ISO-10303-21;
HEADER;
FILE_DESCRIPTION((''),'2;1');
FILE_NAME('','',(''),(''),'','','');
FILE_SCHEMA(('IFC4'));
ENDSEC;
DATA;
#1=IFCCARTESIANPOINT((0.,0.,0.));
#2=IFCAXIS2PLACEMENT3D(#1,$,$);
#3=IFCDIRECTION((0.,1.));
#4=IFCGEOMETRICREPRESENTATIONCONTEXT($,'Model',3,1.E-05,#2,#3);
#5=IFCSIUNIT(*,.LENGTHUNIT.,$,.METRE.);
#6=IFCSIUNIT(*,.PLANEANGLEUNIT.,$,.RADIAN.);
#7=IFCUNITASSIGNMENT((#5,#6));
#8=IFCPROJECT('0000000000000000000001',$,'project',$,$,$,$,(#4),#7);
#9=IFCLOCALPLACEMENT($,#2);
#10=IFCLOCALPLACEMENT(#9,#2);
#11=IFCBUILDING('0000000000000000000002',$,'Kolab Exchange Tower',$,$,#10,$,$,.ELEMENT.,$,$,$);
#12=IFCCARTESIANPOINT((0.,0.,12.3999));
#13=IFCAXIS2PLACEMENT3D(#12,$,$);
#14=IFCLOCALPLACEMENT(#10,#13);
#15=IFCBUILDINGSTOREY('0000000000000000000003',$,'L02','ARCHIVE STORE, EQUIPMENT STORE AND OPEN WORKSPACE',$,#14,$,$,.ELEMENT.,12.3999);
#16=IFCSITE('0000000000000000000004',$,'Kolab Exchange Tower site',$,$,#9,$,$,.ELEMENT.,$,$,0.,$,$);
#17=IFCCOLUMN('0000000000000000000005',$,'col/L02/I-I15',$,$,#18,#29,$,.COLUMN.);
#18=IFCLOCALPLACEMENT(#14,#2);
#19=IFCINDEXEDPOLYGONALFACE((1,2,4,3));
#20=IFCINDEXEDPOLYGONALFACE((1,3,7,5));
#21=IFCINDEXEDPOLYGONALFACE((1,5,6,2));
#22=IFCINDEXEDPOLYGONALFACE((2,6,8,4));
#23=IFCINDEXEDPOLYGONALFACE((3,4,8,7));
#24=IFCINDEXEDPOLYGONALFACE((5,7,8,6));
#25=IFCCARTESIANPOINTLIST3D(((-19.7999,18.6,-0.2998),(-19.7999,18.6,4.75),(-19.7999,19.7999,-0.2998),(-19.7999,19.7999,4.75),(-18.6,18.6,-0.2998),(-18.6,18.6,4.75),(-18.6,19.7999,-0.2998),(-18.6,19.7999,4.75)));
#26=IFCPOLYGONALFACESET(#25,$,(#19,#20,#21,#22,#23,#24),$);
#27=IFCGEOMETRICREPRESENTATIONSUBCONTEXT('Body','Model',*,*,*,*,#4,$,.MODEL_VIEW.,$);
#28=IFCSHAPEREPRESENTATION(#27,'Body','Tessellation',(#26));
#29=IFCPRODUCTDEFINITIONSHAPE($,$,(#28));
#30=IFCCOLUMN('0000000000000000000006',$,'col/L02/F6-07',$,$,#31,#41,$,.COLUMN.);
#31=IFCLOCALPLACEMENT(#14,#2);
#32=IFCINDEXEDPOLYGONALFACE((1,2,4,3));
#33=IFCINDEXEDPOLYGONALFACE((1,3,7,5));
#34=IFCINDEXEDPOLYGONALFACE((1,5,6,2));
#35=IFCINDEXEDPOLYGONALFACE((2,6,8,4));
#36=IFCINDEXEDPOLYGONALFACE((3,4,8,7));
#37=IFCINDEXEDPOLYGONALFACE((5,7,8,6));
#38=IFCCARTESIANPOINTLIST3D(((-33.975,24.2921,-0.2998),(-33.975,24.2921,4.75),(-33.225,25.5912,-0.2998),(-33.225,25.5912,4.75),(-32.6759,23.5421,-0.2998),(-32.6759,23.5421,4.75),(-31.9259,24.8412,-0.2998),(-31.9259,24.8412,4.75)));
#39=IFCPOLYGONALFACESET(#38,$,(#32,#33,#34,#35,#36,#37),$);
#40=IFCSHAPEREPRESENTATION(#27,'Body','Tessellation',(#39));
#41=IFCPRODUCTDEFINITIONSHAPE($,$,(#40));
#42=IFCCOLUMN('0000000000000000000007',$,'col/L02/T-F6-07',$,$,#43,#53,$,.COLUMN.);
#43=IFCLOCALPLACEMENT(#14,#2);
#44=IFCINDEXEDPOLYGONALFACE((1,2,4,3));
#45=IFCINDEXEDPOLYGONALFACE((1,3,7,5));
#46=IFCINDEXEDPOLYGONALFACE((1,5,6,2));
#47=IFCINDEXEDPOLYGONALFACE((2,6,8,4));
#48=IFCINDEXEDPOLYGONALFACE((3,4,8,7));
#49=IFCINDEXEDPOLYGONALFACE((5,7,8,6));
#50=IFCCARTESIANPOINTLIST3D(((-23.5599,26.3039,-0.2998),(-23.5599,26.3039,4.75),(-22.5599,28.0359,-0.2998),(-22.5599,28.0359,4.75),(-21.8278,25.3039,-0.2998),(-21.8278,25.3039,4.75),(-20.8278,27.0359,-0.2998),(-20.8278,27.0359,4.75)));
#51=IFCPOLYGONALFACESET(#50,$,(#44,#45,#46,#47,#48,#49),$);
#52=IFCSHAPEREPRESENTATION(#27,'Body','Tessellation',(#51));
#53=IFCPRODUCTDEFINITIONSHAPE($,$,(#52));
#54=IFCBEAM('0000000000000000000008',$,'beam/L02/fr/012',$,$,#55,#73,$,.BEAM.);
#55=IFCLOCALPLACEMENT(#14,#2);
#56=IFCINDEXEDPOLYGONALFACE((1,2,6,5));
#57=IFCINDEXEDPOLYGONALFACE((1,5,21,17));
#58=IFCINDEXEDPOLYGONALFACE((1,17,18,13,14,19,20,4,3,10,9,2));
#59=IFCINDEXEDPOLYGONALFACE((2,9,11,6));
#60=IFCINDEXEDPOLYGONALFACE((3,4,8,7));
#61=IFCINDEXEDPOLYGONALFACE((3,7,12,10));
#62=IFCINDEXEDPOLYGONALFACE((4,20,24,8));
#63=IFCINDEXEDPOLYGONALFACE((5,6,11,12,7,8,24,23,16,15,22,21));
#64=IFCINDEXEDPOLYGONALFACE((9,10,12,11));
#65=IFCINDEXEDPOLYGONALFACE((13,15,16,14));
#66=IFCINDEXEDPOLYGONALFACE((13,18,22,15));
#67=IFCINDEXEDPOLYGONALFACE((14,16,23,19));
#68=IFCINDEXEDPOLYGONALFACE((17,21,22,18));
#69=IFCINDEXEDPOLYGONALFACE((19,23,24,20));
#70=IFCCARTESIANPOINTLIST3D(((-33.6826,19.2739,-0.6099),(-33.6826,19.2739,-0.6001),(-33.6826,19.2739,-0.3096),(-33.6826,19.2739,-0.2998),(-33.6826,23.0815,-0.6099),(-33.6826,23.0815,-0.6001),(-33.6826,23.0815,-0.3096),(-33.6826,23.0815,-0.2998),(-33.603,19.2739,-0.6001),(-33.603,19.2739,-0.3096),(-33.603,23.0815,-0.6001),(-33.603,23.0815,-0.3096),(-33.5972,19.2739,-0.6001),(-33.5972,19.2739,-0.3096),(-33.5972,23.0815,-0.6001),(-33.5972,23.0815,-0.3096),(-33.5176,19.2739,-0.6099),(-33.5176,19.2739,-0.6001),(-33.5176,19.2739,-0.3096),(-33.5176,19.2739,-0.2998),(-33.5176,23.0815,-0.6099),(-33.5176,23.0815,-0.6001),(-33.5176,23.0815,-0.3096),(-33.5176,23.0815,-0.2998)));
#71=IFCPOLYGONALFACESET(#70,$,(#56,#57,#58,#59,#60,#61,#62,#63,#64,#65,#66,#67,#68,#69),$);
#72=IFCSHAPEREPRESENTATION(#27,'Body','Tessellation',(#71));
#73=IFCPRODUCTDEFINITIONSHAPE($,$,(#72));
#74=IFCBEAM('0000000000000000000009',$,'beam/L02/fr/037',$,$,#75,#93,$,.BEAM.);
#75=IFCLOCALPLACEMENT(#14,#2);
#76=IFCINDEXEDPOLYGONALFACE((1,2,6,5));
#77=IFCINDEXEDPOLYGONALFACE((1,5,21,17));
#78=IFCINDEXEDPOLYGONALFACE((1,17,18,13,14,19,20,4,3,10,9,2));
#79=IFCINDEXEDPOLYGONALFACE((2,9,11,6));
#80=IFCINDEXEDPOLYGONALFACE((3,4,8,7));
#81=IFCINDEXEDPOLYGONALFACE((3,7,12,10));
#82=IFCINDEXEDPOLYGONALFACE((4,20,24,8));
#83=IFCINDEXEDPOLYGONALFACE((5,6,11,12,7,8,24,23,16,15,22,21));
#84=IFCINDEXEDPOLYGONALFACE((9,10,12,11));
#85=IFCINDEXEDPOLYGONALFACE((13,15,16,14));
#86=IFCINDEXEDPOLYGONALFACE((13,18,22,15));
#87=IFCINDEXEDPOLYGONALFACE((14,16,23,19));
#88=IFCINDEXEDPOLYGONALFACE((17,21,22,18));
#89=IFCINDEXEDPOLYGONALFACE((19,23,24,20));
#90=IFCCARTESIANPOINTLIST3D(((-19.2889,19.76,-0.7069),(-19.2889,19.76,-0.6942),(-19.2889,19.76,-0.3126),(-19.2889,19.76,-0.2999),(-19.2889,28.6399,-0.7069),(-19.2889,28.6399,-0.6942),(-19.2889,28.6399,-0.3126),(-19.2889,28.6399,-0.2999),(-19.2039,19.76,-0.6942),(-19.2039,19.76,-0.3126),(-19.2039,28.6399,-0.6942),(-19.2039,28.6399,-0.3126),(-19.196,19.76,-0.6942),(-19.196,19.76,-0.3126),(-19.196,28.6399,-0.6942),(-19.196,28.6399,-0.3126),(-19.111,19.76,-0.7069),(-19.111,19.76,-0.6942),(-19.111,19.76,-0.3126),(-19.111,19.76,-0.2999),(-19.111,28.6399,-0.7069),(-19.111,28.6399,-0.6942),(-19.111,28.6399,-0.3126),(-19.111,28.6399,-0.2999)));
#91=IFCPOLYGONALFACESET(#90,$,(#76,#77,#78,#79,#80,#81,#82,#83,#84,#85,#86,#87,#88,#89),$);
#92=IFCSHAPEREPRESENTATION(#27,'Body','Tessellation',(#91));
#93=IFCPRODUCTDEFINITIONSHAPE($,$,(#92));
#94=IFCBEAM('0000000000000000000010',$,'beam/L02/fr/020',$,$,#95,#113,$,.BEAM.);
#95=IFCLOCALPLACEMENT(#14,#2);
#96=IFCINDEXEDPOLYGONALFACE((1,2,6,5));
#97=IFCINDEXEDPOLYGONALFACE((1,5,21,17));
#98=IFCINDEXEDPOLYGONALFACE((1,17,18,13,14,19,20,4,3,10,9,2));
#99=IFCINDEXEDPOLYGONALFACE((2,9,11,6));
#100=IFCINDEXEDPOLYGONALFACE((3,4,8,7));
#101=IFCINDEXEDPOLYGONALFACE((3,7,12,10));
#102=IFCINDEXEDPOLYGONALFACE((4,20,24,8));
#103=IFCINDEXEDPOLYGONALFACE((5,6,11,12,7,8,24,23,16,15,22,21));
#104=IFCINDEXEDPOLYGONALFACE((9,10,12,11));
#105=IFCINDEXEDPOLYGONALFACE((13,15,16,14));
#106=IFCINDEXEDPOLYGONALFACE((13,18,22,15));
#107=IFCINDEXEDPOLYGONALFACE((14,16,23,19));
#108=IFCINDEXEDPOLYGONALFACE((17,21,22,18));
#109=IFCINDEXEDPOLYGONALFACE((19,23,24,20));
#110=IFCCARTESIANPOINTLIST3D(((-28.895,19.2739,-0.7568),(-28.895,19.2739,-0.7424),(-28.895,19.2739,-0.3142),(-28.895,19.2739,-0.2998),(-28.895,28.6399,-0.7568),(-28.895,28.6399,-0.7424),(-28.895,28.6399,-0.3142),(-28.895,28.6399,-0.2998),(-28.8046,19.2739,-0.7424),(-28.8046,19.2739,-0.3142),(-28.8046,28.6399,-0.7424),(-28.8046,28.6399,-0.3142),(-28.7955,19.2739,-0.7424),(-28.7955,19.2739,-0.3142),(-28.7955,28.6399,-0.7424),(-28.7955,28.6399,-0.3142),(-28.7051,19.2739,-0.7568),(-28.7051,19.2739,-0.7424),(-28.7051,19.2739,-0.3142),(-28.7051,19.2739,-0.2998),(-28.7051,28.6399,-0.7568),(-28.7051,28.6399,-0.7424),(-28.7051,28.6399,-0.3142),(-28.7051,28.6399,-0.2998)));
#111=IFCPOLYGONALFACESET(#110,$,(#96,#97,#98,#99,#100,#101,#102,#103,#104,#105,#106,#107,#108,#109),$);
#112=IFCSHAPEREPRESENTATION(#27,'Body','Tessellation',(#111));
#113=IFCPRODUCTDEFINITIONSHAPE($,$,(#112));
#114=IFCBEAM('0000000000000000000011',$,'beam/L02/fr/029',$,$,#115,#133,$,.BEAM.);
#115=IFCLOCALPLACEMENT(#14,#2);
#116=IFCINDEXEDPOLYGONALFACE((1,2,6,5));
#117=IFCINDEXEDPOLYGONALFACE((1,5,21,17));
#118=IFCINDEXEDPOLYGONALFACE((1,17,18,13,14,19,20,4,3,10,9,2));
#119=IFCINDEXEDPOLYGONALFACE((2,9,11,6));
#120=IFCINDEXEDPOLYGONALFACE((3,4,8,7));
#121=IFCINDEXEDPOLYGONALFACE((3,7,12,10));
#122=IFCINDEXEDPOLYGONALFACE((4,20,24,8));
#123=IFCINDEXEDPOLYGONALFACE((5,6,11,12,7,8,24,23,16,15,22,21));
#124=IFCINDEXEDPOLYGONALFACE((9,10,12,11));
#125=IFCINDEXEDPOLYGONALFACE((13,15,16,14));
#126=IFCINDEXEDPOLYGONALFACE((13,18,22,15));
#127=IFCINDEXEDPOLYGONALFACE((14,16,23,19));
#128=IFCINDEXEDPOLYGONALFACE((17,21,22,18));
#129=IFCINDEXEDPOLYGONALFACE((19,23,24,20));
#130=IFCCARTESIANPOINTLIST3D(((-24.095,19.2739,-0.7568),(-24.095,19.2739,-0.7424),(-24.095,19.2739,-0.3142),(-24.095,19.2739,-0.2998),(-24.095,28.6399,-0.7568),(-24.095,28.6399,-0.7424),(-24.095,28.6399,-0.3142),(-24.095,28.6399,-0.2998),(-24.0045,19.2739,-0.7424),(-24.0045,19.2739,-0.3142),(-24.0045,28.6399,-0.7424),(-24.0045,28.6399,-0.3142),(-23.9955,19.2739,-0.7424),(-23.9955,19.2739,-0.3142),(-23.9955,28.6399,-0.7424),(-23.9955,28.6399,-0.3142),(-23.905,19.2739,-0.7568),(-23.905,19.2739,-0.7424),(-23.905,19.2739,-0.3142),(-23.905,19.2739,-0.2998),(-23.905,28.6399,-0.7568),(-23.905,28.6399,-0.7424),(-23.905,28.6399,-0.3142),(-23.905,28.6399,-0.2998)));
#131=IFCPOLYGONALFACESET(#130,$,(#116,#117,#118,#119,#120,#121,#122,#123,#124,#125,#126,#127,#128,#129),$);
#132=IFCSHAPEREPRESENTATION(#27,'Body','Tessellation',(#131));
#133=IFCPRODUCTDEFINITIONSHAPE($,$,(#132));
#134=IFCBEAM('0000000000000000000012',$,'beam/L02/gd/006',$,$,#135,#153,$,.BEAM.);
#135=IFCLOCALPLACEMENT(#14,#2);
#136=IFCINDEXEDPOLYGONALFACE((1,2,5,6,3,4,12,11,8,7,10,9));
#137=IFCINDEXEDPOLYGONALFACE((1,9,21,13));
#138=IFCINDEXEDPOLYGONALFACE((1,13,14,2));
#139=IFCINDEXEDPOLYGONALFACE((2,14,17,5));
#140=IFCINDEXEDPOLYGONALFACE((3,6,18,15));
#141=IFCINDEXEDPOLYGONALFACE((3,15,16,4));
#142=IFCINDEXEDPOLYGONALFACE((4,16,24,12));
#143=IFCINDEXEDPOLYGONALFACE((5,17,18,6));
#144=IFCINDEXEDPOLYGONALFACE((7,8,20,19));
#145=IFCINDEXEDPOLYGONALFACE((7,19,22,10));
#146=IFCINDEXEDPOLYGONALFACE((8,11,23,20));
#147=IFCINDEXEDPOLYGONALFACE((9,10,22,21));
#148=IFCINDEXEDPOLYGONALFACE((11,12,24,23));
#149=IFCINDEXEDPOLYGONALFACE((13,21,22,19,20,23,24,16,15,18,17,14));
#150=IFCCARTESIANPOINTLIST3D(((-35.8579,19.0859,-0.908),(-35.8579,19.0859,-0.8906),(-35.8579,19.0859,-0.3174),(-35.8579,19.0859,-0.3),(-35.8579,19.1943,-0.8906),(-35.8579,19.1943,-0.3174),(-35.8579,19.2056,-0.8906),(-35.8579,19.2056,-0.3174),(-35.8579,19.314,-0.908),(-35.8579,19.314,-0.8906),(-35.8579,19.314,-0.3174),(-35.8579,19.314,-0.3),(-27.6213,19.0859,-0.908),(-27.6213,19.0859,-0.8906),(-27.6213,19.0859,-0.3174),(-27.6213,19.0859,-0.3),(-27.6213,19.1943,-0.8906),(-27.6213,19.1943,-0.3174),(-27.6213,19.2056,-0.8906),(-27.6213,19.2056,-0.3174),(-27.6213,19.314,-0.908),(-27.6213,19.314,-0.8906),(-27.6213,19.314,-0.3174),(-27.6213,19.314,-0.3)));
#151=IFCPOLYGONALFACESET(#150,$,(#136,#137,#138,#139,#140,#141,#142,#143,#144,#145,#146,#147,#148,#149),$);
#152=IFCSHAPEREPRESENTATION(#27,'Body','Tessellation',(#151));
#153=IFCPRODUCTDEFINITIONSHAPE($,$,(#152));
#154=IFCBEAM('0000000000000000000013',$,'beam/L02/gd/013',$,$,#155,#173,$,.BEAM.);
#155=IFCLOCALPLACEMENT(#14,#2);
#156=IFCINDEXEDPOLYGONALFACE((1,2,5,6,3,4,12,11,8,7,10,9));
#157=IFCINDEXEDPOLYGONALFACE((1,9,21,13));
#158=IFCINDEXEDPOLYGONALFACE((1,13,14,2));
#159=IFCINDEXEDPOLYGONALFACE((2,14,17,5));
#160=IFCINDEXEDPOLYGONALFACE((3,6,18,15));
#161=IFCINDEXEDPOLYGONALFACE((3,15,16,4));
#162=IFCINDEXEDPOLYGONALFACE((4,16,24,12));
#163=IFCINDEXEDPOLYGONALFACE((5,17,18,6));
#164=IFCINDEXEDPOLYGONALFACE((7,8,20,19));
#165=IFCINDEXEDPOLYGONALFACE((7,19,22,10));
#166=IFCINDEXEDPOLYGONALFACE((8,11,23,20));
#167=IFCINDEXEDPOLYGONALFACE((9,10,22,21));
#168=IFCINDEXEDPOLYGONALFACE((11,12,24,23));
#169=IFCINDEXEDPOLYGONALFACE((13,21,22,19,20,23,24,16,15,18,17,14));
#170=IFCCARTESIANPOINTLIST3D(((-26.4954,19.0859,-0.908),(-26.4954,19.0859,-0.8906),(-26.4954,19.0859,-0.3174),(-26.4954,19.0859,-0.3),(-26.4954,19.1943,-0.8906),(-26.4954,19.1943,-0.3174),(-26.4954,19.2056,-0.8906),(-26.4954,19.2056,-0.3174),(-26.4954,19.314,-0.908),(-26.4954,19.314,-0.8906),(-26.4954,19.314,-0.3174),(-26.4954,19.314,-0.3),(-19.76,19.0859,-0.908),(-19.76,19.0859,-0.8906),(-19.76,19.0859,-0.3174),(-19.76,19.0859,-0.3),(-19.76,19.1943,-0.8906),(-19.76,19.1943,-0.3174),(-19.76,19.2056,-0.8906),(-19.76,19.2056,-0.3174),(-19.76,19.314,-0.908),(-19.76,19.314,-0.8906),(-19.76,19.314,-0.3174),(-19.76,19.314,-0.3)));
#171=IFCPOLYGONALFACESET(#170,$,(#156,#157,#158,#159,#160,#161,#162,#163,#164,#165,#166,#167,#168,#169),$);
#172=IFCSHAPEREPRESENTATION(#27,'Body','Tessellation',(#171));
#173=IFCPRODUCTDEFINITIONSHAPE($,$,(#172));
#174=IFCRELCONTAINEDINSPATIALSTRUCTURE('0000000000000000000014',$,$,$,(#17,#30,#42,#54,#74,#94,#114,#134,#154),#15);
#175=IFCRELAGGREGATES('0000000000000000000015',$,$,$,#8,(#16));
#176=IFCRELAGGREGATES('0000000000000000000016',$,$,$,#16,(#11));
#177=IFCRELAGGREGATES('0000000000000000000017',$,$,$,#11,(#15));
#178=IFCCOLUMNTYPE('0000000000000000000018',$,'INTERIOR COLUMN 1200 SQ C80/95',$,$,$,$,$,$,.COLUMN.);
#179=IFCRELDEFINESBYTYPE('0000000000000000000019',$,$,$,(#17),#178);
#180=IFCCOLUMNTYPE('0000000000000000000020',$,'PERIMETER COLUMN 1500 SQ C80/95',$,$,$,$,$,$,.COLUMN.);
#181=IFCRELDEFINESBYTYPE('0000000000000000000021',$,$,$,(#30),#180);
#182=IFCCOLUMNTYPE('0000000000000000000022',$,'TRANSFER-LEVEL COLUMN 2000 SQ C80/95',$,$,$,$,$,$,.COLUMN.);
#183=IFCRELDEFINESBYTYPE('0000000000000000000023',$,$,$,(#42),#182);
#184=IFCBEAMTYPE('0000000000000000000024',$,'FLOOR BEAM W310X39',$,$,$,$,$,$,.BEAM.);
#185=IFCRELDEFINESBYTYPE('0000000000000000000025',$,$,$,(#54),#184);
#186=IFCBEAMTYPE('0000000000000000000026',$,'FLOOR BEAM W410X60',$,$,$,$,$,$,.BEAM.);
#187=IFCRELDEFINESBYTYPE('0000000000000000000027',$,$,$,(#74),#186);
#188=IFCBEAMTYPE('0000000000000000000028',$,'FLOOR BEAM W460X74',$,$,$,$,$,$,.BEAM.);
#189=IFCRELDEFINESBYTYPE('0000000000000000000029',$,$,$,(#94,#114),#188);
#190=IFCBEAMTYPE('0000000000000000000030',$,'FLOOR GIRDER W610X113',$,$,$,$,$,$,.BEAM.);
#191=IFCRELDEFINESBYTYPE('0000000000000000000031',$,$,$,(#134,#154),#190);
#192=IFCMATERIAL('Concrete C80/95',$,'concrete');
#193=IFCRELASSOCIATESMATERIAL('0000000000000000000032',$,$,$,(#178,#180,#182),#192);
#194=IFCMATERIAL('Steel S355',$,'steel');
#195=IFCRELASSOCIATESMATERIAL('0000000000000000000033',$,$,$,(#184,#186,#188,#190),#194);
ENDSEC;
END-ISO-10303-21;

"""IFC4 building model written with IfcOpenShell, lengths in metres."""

from ifc_helpers import new_model, si_unit, direction, frame, origin, origin_2d, place, context, subcontext, project, spatial, rectangle, i_section, extrude, material, material_profile, profile_set, type_object, element, save


model = new_model("IFC4")

# Units and contexts
model_context = context("Model", 3, precision=1e-05, world=origin(), true_north=direction((0.0, 1.0)))
body_context = subcontext(model_context, "Body", "Model", "MODEL_VIEW")
ifc_project = project(units=[si_unit("LENGTHUNIT", "METRE"), si_unit("PLANEANGLEUNIT", "RADIAN")], contexts=[model_context])

# Site, building, storey
site_placement = place(None, origin())
site = spatial("IfcSite", under=ifc_project, at=site_placement, Name="Kolab Exchange Tower site", CompositionType="ELEMENT", RefElevation=0.0)
building_placement = place(site_placement, origin())
building = spatial("IfcBuilding", under=site, at=building_placement, Name="Kolab Exchange Tower", CompositionType="ELEMENT")
storey_placement = place(building_placement, frame((0.0, 0.0, 12.3999)))
storey = spatial("IfcBuildingStorey", under=building, at=storey_placement, Name="L02", Description="ARCHIVE STORE, EQUIPMENT STORE AND OPEN WORKSPACE", CompositionType="ELEMENT", Elevation=12.3999)

# Columns
ifc_material_1 = material(Name="Concrete C80/95", Category="concrete")
ifc_material_profile_1 = material_profile(ifc_material_1, rectangle(XDim=1.2, YDim=1.2, at=origin_2d()), Name="RC1200")
ifc_profile_set_1 = profile_set([ifc_material_profile_1], Name="Concrete C80/95")
column_type_1 = type_object("IfcColumnType", Name="INTERIOR COLUMN 1200 SQ C80/95", PredefinedType="COLUMN", material=ifc_profile_set_1)
column_1_placement = place(storey_placement, frame((-19.2, 19.2, -0.2998), z_axis=(0.0, 0.0, 1.0), x_axis=(1.0, 0.0, 0.0)))
element("IfcColumn", 1, at=column_1_placement, inside=storey, type_object=column_type_1, Name="col/L02/I-I15", PredefinedType="COLUMN", context=body_context, shape_type="SweptSolid", body=[
    extrude(rectangle(XDim=1.2, YDim=1.2, at=origin_2d()), origin(), (0.0, 0.0, 1.0), 5.0498),
])
ifc_material_profile_2 = material_profile(ifc_material_1, rectangle(XDim=1.5, YDim=1.5, at=origin_2d()), Name="RC1500")
ifc_profile_set_2 = profile_set([ifc_material_profile_2], Name="Concrete C80/95")
column_type_2 = type_object("IfcColumnType", Name="PERIMETER COLUMN 1500 SQ C80/95", PredefinedType="COLUMN", material=ifc_profile_set_2)
column_2_placement = place(storey_placement, frame((-32.9504, 24.5667, -0.2998), z_axis=(0.0, 0.0, 1.0), x_axis=(0.5, 0.866025, 0.0)))
element("IfcColumn", 2, at=column_2_placement, inside=storey, type_object=column_type_2, Name="col/L02/F6-07", PredefinedType="COLUMN", context=body_context, shape_type="SweptSolid", body=[
    extrude(rectangle(XDim=1.5, YDim=1.5, at=origin_2d()), origin(), (0.0, 0.0, 1.0), 5.0498),
])
ifc_material_profile_3 = material_profile(ifc_material_1, rectangle(XDim=2.0, YDim=2.0, at=origin_2d()), Name="RC2000")
ifc_profile_set_3 = profile_set([ifc_material_profile_3], Name="Concrete C80/95")
column_type_3 = type_object("IfcColumnType", Name="TRANSFER-LEVEL COLUMN 2000 SQ C80/95", PredefinedType="COLUMN", material=ifc_profile_set_3)
column_3_placement = place(storey_placement, frame((-22.1938, 26.6699, -0.2998), z_axis=(0.0, 0.0, 1.0), x_axis=(0.5, 0.866025, 0.0)))
element("IfcColumn", 3, at=column_3_placement, inside=storey, type_object=column_type_3, Name="col/L02/T-F6-07", PredefinedType="COLUMN", context=body_context, shape_type="SweptSolid", body=[
    extrude(rectangle(XDim=2.0, YDim=2.0, at=origin_2d()), origin(), (0.0, 0.0, 1.0), 5.0498),
])

# Beams
ifc_material_2 = material(Name="Steel S355", Category="steel")
ifc_material_profile_4 = material_profile(ifc_material_2, i_section(OverallWidth=0.165, OverallDepth=0.3101, WebThickness=0.0059, FlangeThickness=0.0098, at=origin_2d()), Name="W310X39")
ifc_profile_set_4 = profile_set([ifc_material_profile_4], Name="Steel S355")
beam_type_1 = type_object("IfcBeamType", Name="FLOOR BEAM W310X39", PredefinedType="BEAM", material=ifc_profile_set_4)
beam_1_placement = place(storey_placement, frame((-33.6001, 19.2739, -0.4548), z_axis=(0.0, 1.0, 0.0), x_axis=(-1.0, 0.0, 0.0)))
element("IfcBeam", 4, at=beam_1_placement, inside=storey, type_object=beam_type_1, Name="beam/L02/fr/012", PredefinedType="BEAM", context=body_context, shape_type="SweptSolid", body=[
    extrude(i_section(OverallWidth=0.165, OverallDepth=0.3101, WebThickness=0.0059, FlangeThickness=0.0098, at=origin_2d()), origin(), (0.0, 0.0, 1.0), 3.8076),
])
ifc_material_profile_5 = material_profile(ifc_material_2, i_section(OverallWidth=0.178, OverallDepth=0.407, WebThickness=0.0078, FlangeThickness=0.0127, at=origin_2d()), Name="W410X60")
ifc_profile_set_5 = profile_set([ifc_material_profile_5], Name="Steel S355")
beam_type_2 = type_object("IfcBeamType", Name="FLOOR BEAM W410X60", PredefinedType="BEAM", material=ifc_profile_set_5)
beam_2_placement = place(storey_placement, frame((-19.2, 19.76, -0.5034), z_axis=(0.0, 1.0, 0.0), x_axis=(-1.0, 0.0, 0.0)))
element("IfcBeam", 5, at=beam_2_placement, inside=storey, type_object=beam_type_2, Name="beam/L02/fr/037", PredefinedType="BEAM", context=body_context, shape_type="SweptSolid", body=[
    extrude(i_section(OverallWidth=0.178, OverallDepth=0.407, WebThickness=0.0078, FlangeThickness=0.0127, at=origin_2d()), origin(), (0.0, 0.0, 1.0), 8.8799),
])
ifc_material_profile_6 = material_profile(ifc_material_2, i_section(OverallWidth=0.1899, OverallDepth=0.457, WebThickness=0.009, FlangeThickness=0.0144, at=origin_2d()), Name="W460X74")
ifc_profile_set_6 = profile_set([ifc_material_profile_6], Name="Steel S355")
beam_type_3 = type_object("IfcBeamType", Name="FLOOR BEAM W460X74", PredefinedType="BEAM", material=ifc_profile_set_6)
for number, where, z_axis, x_axis, name in (
    (6, (-28.8, 19.2739, -0.5283), (0.0, 1.0, 0.0), (-1.0, 0.0, 0.0), "beam/L02/fr/020"),
    (7, (-24.0, 19.2739, -0.5283), (0.0, 1.0, 0.0), (-1.0, 0.0, 0.0), "beam/L02/fr/029"),
):
    element("IfcBeam", number, at=place(storey_placement, frame(where, z_axis=z_axis, x_axis=x_axis)), inside=storey, type_object=beam_type_3, Name=name, PredefinedType="BEAM", context=body_context, shape_type="SweptSolid", body=[
        extrude(i_section(OverallWidth=0.1899, OverallDepth=0.457, WebThickness=0.009, FlangeThickness=0.0144, at=origin_2d()), origin(), (0.0, 0.0, 1.0), 9.366),
    ])
ifc_material_profile_7 = material_profile(ifc_material_2, i_section(OverallWidth=0.228, OverallDepth=0.6079, WebThickness=0.0112, FlangeThickness=0.0173, at=origin_2d()), Name="W610X113")
ifc_profile_set_7 = profile_set([ifc_material_profile_7], Name="Steel S355")
beam_type_4 = type_object("IfcBeamType", Name="FLOOR GIRDER W610X113", PredefinedType="BEAM", material=ifc_profile_set_7)
beam_3_placement = place(storey_placement, frame((-35.8579, 19.2, -0.604), z_axis=(1.0, 0.0, 0.0), x_axis=(0.0, 1.0, 0.0)))
element("IfcBeam", 8, at=beam_3_placement, inside=storey, type_object=beam_type_4, Name="beam/L02/gd/006", PredefinedType="BEAM", context=body_context, shape_type="SweptSolid", body=[
    extrude(i_section(OverallWidth=0.228, OverallDepth=0.6079, WebThickness=0.0112, FlangeThickness=0.0173, at=origin_2d()), origin(), (0.0, 0.0, 1.0), 8.2366),
])
beam_4_placement = place(storey_placement, frame((-26.4954, 19.2, -0.604), z_axis=(1.0, 0.0, 0.0), x_axis=(0.0, 1.0, 0.0)))
element("IfcBeam", 9, at=beam_4_placement, inside=storey, type_object=beam_type_4, Name="beam/L02/gd/013", PredefinedType="BEAM", context=body_context, shape_type="SweptSolid", body=[
    extrude(i_section(OverallWidth=0.228, OverallDepth=0.6079, WebThickness=0.0112, FlangeThickness=0.0173, at=origin_2d()), origin(), (0.0, 0.0, 1.0), 6.7354),
])

save(model, "model.ifc")
